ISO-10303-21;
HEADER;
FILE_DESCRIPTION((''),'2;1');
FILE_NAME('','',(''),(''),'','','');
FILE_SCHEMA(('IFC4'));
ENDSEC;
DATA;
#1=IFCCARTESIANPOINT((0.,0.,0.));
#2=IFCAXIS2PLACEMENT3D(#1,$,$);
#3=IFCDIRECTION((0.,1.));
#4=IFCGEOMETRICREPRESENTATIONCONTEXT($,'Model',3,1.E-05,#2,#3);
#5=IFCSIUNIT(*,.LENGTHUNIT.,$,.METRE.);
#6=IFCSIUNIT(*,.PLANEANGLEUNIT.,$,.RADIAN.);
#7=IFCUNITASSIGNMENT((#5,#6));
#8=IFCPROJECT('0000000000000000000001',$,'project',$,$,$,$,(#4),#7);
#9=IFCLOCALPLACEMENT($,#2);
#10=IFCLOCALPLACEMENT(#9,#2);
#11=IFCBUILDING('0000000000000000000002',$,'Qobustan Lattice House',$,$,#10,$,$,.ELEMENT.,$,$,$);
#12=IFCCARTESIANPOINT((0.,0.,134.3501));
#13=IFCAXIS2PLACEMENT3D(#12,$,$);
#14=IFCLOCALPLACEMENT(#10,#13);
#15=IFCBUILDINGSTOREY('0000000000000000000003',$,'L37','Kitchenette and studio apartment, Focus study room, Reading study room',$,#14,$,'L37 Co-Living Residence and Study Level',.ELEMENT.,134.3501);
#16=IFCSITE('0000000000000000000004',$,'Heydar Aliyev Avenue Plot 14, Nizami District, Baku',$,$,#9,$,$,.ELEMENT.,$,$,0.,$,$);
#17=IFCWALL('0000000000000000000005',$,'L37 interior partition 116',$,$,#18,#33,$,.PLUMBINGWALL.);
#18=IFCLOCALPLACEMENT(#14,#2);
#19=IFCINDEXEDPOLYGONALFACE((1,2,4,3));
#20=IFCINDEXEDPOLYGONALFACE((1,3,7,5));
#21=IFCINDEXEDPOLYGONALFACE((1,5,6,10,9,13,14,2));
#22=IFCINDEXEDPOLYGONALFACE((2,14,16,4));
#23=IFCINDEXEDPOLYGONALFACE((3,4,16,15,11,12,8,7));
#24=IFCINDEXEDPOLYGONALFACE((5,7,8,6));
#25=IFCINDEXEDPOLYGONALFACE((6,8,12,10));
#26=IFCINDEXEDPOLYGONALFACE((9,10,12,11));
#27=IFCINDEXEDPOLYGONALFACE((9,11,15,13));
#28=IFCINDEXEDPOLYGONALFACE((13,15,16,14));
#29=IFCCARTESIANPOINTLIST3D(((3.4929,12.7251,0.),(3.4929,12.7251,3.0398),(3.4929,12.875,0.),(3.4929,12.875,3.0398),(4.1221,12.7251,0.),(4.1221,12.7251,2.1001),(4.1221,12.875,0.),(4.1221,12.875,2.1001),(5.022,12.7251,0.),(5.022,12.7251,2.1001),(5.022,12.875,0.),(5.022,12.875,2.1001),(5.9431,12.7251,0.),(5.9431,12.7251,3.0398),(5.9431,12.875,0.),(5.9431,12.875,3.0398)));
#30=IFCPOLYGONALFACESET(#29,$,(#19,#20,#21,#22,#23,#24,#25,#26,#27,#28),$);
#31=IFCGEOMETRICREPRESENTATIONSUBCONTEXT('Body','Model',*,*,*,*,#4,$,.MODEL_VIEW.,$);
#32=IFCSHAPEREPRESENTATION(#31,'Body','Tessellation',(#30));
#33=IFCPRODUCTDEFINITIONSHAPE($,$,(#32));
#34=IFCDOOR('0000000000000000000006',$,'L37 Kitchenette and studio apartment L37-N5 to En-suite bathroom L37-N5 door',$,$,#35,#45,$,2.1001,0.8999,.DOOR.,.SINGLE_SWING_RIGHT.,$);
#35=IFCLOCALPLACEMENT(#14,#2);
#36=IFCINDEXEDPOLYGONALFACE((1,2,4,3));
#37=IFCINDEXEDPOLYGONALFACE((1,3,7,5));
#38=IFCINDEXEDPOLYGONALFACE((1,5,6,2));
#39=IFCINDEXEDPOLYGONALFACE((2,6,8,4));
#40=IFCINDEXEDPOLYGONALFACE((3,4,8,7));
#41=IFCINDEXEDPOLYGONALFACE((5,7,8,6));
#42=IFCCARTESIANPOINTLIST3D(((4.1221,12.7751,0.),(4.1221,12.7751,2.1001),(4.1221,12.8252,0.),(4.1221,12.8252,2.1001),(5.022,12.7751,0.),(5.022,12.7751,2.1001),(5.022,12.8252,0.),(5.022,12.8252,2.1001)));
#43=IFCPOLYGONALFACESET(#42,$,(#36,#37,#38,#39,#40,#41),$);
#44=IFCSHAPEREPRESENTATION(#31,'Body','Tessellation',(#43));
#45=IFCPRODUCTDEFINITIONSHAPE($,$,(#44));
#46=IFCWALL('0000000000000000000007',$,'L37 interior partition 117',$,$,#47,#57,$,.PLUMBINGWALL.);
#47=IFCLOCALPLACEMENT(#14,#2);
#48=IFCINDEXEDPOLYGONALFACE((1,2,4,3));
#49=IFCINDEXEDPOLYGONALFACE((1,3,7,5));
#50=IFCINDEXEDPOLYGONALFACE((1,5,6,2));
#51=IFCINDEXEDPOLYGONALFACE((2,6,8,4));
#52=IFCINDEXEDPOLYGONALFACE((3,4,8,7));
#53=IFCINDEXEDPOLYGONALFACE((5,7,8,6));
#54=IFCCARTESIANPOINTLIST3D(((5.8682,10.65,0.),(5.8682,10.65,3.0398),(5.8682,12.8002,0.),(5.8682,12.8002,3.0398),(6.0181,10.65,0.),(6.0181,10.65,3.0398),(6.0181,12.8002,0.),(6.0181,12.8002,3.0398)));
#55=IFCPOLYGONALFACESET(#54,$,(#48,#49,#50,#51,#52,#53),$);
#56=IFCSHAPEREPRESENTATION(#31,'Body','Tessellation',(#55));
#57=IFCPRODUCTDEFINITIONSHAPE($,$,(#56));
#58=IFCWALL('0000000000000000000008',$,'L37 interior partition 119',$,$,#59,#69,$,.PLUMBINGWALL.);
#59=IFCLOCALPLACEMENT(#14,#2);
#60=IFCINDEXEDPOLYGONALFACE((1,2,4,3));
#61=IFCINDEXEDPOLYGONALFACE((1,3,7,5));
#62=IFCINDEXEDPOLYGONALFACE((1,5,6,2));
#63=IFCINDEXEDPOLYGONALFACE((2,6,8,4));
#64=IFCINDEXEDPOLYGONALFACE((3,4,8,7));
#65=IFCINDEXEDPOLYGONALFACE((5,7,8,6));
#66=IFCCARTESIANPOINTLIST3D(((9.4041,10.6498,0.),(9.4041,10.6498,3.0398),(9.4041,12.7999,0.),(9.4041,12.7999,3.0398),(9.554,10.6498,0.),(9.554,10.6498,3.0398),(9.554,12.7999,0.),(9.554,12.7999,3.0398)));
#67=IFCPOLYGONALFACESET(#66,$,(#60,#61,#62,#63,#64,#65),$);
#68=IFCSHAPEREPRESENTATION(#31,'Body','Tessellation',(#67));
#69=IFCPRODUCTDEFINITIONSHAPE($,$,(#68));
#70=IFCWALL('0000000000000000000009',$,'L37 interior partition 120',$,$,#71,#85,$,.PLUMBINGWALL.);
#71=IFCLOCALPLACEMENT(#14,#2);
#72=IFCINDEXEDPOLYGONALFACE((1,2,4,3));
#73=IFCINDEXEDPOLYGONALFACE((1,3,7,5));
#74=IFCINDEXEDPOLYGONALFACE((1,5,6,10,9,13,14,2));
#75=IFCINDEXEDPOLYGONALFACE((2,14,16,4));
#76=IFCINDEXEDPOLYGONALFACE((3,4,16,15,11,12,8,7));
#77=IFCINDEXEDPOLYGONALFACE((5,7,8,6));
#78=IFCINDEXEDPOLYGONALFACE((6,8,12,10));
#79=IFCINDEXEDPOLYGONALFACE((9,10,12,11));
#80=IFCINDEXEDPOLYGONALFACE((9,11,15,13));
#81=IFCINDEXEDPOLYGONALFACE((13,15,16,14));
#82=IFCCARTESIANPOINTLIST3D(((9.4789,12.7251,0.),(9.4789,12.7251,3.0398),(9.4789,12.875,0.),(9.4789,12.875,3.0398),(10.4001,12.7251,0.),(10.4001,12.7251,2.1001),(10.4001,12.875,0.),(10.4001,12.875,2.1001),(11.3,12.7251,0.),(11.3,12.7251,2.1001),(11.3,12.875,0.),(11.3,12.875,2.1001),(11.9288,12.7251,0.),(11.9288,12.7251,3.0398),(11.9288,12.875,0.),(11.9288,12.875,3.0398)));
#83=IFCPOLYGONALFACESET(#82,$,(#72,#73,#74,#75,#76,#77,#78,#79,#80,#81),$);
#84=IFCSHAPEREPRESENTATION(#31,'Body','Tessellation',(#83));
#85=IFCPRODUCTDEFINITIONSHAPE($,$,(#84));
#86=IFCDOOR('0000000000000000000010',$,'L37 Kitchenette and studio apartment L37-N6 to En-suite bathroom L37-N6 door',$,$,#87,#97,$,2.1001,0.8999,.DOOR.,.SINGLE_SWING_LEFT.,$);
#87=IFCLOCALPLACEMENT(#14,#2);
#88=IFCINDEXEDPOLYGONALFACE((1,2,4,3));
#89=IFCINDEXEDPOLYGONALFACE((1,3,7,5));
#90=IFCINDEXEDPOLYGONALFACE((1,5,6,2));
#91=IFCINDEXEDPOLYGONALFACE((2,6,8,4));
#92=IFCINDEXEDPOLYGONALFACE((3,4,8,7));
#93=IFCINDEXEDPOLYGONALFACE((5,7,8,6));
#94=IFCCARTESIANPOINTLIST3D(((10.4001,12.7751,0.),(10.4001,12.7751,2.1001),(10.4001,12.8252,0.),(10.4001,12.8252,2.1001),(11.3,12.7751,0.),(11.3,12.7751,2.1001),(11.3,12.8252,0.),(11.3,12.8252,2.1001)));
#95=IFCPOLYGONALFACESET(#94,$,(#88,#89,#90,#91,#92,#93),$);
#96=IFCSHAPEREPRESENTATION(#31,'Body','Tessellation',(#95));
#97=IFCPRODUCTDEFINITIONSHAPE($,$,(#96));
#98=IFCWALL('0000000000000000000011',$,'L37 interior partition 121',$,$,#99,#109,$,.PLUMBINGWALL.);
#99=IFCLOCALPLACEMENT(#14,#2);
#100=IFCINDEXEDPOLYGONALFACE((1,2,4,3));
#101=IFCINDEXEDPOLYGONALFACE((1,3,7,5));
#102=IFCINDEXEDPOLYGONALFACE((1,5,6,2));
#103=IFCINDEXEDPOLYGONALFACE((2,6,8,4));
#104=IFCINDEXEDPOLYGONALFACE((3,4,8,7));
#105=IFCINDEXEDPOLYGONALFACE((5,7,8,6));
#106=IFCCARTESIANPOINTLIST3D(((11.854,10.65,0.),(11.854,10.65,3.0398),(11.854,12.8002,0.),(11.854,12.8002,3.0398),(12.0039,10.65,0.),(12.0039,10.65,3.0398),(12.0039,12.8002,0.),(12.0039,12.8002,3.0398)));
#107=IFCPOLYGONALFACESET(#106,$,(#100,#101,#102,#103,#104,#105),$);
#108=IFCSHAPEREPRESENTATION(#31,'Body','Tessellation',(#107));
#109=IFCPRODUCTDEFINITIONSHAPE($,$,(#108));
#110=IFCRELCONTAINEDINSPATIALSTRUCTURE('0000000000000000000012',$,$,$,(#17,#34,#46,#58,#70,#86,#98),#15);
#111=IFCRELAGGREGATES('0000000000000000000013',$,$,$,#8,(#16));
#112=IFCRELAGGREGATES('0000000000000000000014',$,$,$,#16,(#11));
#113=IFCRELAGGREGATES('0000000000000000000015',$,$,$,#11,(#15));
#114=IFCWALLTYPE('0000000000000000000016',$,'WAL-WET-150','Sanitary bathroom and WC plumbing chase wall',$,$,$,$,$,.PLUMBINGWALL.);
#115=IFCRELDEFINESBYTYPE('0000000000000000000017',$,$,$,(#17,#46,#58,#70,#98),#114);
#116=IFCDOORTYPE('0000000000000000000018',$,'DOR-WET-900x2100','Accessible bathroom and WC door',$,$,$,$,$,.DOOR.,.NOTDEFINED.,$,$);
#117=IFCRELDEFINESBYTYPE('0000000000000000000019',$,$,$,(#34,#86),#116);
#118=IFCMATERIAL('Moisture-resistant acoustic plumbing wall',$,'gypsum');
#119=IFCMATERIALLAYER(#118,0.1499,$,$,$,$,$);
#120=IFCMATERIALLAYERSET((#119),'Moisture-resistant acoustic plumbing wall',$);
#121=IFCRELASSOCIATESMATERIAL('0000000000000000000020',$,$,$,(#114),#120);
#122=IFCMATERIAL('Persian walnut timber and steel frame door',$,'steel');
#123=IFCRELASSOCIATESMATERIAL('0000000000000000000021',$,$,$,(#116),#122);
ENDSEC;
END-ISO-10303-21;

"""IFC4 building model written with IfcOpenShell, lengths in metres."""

from ifc_helpers import new_model, si_unit, direction, frame, frame_2d, origin, place, context, subcontext, project, spatial, rectangle, extrude, material, layer, layer_set, type_object, element, fill, save


model = new_model("IFC4")

# Units and contexts
model_context = context("Model", 3, precision=1e-05, world=origin(), true_north=direction((0.0, 1.0)))
body_context = subcontext(model_context, "Body", "Model", "MODEL_VIEW")
ifc_project = project(units=[si_unit("LENGTHUNIT", "METRE"), si_unit("PLANEANGLEUNIT", "RADIAN")], contexts=[model_context])

# Site, building, storey
site_placement = place(None, origin())
site = spatial("IfcSite", under=ifc_project, at=site_placement, Name="Heydar Aliyev Avenue Plot 14, Nizami District, Baku", CompositionType="ELEMENT", RefElevation=0.0)
building_placement = place(site_placement, origin())
building = spatial("IfcBuilding", under=site, at=building_placement, Name="Qobustan Lattice House", CompositionType="ELEMENT")
storey_placement = place(building_placement, frame((0.0, 0.0, 134.3501)))
storey = spatial("IfcBuildingStorey", under=building, at=storey_placement, Name="L37", Description="Kitchenette and studio apartment, Focus study room, Reading study room", LongName="L37 Co-Living Residence and Study Level", CompositionType="ELEMENT", Elevation=134.3501)

# Shared definitions
ifc_material_1 = material(Name="Moisture-resistant acoustic plumbing wall", Category="gypsum")
ifc_layer_1 = layer(ifc_material_1, 0.1499)
ifc_layer_set_1 = layer_set([ifc_layer_1], Name="Moisture-resistant acoustic plumbing wall")
wall_type_1 = type_object("IfcWallType", Name="WAL-WET-150", Description="Sanitary bathroom and WC plumbing chase wall", PredefinedType="PLUMBINGWALL", material=ifc_layer_set_1)

# Wall, opening, door
wall_1_placement = place(storey_placement, frame((5.9431, 12.8, 0.0), z_axis=(0.0, 0.0, 1.0), x_axis=(-1.0, 0.0, 0.0)))
wall_1 = element("IfcWall", 1, at=wall_1_placement, inside=storey, type_object=wall_type_1, Name="L37 interior partition 116", PredefinedType="PLUMBINGWALL", context=body_context, shape_type="SweptSolid", body=[
    extrude(rectangle(XDim=2.4502, YDim=0.1499, at=frame_2d((1.2251, 0.0))), origin(), (0.0, 0.0, 1.0), 3.0398),
])
opening_1_placement = place(wall_1_placement, frame((0.9211, 0.0, 0.0)))
opening_1 = element("IfcOpeningElement", 2, at=opening_1_placement, cuts=wall_1, PredefinedType="OPENING", context=body_context, shape_type="SweptSolid", body=[
    extrude(rectangle(XDim=0.8999, YDim=2.1001, at=frame_2d((0.45, 1.05))), frame((0.0, 0.085, 0.0), z_axis=(0.0, -1.0, 0.0), x_axis=(1.0, 0.0, 0.0)), (0.0, 0.0, 1.0), 0.1699),
])
ifc_material_2 = material(Name="Persian walnut timber and steel frame door", Category="steel")
door_type_1 = type_object("IfcDoorType", Name="DOR-WET-900x2100", Description="Accessible bathroom and WC door", OperationType="NOTDEFINED", PredefinedType="DOOR", material=ifc_material_2)
door_1_placement = place(opening_1_placement, origin())
door_1 = element("IfcDoor", 3, at=door_1_placement, inside=storey, type_object=door_type_1, Name="L37 Kitchenette and studio apartment L37-N5 to En-suite bathroom L37-N5 door", OperationType="SINGLE_SWING_RIGHT", OverallHeight=2.1001, OverallWidth=0.8999, PredefinedType="DOOR", context=body_context, shape_type="SweptSolid", body=[
    extrude(rectangle(XDim=0.8999, YDim=2.1001, at=frame_2d((0.45, 1.05))), frame((0.0, 0.0249, 0.0), z_axis=(0.0, -1.0, 0.0), x_axis=(1.0, 0.0, 0.0)), (0.0, 0.0, 1.0), 0.05),
])
fill(opening_1, door_1)

# Walls
for number, where, z_axis, x_axis, name in (
    (4, (5.9431, 10.6499, 0.0), (0.0, 0.0, 1.0), (0.0, 1.0, 0.0), "L37 interior partition 117"),
    (5, (9.479, 12.8, 0.0), (0.0, 0.0, 1.0), (0.0, -1.0, 0.0), "L37 interior partition 119"),
):
    element("IfcWall", number, at=place(storey_placement, frame(where, z_axis=z_axis, x_axis=x_axis)), inside=storey, type_object=wall_type_1, Name=name, PredefinedType="PLUMBINGWALL", context=body_context, shape_type="SweptSolid", body=[
        extrude(rectangle(XDim=2.1501, YDim=0.1499, at=frame_2d((1.0752, 0.0))), origin(), (0.0, 0.0, 1.0), 3.0398),
    ])

# Wall, opening, door
wall_2_placement = place(storey_placement, frame((11.929, 12.8, 0.0), z_axis=(0.0, 0.0, 1.0), x_axis=(-1.0, 0.0, 0.0)))
wall_2 = element("IfcWall", 6, at=wall_2_placement, inside=storey, type_object=wall_type_1, Name="L37 interior partition 120", PredefinedType="PLUMBINGWALL", context=body_context, shape_type="SweptSolid", body=[
    extrude(rectangle(XDim=2.45, YDim=0.1499, at=frame_2d((1.2251, 0.0))), origin(), (0.0, 0.0, 1.0), 3.0398),
])
opening_2_placement = place(wall_2_placement, frame((0.6289, 0.0, 0.0)))
opening_2 = element("IfcOpeningElement", 7, at=opening_2_placement, cuts=wall_2, PredefinedType="OPENING", context=body_context, shape_type="SweptSolid", body=[
    extrude(rectangle(XDim=0.8999, YDim=2.1001, at=frame_2d((0.45, 1.05))), frame((0.0, 0.085, 0.0), z_axis=(0.0, -1.0, 0.0), x_axis=(1.0, 0.0, 0.0)), (0.0, 0.0, 1.0), 0.1699),
])
door_2_placement = place(opening_2_placement, origin())
door_2 = element("IfcDoor", 8, at=door_2_placement, inside=storey, type_object=door_type_1, Name="L37 Kitchenette and studio apartment L37-N6 to En-suite bathroom L37-N6 door", OperationType="SINGLE_SWING_LEFT", OverallHeight=2.1001, OverallWidth=0.8999, PredefinedType="DOOR", context=body_context, shape_type="SweptSolid", body=[
    extrude(rectangle(XDim=0.8999, YDim=2.1001, at=frame_2d((0.45, 1.05))), frame((0.0, 0.0249, 0.0), z_axis=(0.0, -1.0, 0.0), x_axis=(1.0, 0.0, 0.0)), (0.0, 0.0, 1.0), 0.05),
])
fill(opening_2, door_2)

# Wall
wall_3_placement = place(storey_placement, frame((11.929, 10.6499, 0.0), z_axis=(0.0, 0.0, 1.0), x_axis=(0.0, 1.0, 0.0)))
element("IfcWall", 9, at=wall_3_placement, inside=storey, type_object=wall_type_1, Name="L37 interior partition 121", PredefinedType="PLUMBINGWALL", context=body_context, shape_type="SweptSolid", body=[
    extrude(rectangle(XDim=2.1501, YDim=0.1499, at=frame_2d((1.0752, 0.0))), origin(), (0.0, 0.0, 1.0), 3.0398),
])

save(model, "model.ifc")
